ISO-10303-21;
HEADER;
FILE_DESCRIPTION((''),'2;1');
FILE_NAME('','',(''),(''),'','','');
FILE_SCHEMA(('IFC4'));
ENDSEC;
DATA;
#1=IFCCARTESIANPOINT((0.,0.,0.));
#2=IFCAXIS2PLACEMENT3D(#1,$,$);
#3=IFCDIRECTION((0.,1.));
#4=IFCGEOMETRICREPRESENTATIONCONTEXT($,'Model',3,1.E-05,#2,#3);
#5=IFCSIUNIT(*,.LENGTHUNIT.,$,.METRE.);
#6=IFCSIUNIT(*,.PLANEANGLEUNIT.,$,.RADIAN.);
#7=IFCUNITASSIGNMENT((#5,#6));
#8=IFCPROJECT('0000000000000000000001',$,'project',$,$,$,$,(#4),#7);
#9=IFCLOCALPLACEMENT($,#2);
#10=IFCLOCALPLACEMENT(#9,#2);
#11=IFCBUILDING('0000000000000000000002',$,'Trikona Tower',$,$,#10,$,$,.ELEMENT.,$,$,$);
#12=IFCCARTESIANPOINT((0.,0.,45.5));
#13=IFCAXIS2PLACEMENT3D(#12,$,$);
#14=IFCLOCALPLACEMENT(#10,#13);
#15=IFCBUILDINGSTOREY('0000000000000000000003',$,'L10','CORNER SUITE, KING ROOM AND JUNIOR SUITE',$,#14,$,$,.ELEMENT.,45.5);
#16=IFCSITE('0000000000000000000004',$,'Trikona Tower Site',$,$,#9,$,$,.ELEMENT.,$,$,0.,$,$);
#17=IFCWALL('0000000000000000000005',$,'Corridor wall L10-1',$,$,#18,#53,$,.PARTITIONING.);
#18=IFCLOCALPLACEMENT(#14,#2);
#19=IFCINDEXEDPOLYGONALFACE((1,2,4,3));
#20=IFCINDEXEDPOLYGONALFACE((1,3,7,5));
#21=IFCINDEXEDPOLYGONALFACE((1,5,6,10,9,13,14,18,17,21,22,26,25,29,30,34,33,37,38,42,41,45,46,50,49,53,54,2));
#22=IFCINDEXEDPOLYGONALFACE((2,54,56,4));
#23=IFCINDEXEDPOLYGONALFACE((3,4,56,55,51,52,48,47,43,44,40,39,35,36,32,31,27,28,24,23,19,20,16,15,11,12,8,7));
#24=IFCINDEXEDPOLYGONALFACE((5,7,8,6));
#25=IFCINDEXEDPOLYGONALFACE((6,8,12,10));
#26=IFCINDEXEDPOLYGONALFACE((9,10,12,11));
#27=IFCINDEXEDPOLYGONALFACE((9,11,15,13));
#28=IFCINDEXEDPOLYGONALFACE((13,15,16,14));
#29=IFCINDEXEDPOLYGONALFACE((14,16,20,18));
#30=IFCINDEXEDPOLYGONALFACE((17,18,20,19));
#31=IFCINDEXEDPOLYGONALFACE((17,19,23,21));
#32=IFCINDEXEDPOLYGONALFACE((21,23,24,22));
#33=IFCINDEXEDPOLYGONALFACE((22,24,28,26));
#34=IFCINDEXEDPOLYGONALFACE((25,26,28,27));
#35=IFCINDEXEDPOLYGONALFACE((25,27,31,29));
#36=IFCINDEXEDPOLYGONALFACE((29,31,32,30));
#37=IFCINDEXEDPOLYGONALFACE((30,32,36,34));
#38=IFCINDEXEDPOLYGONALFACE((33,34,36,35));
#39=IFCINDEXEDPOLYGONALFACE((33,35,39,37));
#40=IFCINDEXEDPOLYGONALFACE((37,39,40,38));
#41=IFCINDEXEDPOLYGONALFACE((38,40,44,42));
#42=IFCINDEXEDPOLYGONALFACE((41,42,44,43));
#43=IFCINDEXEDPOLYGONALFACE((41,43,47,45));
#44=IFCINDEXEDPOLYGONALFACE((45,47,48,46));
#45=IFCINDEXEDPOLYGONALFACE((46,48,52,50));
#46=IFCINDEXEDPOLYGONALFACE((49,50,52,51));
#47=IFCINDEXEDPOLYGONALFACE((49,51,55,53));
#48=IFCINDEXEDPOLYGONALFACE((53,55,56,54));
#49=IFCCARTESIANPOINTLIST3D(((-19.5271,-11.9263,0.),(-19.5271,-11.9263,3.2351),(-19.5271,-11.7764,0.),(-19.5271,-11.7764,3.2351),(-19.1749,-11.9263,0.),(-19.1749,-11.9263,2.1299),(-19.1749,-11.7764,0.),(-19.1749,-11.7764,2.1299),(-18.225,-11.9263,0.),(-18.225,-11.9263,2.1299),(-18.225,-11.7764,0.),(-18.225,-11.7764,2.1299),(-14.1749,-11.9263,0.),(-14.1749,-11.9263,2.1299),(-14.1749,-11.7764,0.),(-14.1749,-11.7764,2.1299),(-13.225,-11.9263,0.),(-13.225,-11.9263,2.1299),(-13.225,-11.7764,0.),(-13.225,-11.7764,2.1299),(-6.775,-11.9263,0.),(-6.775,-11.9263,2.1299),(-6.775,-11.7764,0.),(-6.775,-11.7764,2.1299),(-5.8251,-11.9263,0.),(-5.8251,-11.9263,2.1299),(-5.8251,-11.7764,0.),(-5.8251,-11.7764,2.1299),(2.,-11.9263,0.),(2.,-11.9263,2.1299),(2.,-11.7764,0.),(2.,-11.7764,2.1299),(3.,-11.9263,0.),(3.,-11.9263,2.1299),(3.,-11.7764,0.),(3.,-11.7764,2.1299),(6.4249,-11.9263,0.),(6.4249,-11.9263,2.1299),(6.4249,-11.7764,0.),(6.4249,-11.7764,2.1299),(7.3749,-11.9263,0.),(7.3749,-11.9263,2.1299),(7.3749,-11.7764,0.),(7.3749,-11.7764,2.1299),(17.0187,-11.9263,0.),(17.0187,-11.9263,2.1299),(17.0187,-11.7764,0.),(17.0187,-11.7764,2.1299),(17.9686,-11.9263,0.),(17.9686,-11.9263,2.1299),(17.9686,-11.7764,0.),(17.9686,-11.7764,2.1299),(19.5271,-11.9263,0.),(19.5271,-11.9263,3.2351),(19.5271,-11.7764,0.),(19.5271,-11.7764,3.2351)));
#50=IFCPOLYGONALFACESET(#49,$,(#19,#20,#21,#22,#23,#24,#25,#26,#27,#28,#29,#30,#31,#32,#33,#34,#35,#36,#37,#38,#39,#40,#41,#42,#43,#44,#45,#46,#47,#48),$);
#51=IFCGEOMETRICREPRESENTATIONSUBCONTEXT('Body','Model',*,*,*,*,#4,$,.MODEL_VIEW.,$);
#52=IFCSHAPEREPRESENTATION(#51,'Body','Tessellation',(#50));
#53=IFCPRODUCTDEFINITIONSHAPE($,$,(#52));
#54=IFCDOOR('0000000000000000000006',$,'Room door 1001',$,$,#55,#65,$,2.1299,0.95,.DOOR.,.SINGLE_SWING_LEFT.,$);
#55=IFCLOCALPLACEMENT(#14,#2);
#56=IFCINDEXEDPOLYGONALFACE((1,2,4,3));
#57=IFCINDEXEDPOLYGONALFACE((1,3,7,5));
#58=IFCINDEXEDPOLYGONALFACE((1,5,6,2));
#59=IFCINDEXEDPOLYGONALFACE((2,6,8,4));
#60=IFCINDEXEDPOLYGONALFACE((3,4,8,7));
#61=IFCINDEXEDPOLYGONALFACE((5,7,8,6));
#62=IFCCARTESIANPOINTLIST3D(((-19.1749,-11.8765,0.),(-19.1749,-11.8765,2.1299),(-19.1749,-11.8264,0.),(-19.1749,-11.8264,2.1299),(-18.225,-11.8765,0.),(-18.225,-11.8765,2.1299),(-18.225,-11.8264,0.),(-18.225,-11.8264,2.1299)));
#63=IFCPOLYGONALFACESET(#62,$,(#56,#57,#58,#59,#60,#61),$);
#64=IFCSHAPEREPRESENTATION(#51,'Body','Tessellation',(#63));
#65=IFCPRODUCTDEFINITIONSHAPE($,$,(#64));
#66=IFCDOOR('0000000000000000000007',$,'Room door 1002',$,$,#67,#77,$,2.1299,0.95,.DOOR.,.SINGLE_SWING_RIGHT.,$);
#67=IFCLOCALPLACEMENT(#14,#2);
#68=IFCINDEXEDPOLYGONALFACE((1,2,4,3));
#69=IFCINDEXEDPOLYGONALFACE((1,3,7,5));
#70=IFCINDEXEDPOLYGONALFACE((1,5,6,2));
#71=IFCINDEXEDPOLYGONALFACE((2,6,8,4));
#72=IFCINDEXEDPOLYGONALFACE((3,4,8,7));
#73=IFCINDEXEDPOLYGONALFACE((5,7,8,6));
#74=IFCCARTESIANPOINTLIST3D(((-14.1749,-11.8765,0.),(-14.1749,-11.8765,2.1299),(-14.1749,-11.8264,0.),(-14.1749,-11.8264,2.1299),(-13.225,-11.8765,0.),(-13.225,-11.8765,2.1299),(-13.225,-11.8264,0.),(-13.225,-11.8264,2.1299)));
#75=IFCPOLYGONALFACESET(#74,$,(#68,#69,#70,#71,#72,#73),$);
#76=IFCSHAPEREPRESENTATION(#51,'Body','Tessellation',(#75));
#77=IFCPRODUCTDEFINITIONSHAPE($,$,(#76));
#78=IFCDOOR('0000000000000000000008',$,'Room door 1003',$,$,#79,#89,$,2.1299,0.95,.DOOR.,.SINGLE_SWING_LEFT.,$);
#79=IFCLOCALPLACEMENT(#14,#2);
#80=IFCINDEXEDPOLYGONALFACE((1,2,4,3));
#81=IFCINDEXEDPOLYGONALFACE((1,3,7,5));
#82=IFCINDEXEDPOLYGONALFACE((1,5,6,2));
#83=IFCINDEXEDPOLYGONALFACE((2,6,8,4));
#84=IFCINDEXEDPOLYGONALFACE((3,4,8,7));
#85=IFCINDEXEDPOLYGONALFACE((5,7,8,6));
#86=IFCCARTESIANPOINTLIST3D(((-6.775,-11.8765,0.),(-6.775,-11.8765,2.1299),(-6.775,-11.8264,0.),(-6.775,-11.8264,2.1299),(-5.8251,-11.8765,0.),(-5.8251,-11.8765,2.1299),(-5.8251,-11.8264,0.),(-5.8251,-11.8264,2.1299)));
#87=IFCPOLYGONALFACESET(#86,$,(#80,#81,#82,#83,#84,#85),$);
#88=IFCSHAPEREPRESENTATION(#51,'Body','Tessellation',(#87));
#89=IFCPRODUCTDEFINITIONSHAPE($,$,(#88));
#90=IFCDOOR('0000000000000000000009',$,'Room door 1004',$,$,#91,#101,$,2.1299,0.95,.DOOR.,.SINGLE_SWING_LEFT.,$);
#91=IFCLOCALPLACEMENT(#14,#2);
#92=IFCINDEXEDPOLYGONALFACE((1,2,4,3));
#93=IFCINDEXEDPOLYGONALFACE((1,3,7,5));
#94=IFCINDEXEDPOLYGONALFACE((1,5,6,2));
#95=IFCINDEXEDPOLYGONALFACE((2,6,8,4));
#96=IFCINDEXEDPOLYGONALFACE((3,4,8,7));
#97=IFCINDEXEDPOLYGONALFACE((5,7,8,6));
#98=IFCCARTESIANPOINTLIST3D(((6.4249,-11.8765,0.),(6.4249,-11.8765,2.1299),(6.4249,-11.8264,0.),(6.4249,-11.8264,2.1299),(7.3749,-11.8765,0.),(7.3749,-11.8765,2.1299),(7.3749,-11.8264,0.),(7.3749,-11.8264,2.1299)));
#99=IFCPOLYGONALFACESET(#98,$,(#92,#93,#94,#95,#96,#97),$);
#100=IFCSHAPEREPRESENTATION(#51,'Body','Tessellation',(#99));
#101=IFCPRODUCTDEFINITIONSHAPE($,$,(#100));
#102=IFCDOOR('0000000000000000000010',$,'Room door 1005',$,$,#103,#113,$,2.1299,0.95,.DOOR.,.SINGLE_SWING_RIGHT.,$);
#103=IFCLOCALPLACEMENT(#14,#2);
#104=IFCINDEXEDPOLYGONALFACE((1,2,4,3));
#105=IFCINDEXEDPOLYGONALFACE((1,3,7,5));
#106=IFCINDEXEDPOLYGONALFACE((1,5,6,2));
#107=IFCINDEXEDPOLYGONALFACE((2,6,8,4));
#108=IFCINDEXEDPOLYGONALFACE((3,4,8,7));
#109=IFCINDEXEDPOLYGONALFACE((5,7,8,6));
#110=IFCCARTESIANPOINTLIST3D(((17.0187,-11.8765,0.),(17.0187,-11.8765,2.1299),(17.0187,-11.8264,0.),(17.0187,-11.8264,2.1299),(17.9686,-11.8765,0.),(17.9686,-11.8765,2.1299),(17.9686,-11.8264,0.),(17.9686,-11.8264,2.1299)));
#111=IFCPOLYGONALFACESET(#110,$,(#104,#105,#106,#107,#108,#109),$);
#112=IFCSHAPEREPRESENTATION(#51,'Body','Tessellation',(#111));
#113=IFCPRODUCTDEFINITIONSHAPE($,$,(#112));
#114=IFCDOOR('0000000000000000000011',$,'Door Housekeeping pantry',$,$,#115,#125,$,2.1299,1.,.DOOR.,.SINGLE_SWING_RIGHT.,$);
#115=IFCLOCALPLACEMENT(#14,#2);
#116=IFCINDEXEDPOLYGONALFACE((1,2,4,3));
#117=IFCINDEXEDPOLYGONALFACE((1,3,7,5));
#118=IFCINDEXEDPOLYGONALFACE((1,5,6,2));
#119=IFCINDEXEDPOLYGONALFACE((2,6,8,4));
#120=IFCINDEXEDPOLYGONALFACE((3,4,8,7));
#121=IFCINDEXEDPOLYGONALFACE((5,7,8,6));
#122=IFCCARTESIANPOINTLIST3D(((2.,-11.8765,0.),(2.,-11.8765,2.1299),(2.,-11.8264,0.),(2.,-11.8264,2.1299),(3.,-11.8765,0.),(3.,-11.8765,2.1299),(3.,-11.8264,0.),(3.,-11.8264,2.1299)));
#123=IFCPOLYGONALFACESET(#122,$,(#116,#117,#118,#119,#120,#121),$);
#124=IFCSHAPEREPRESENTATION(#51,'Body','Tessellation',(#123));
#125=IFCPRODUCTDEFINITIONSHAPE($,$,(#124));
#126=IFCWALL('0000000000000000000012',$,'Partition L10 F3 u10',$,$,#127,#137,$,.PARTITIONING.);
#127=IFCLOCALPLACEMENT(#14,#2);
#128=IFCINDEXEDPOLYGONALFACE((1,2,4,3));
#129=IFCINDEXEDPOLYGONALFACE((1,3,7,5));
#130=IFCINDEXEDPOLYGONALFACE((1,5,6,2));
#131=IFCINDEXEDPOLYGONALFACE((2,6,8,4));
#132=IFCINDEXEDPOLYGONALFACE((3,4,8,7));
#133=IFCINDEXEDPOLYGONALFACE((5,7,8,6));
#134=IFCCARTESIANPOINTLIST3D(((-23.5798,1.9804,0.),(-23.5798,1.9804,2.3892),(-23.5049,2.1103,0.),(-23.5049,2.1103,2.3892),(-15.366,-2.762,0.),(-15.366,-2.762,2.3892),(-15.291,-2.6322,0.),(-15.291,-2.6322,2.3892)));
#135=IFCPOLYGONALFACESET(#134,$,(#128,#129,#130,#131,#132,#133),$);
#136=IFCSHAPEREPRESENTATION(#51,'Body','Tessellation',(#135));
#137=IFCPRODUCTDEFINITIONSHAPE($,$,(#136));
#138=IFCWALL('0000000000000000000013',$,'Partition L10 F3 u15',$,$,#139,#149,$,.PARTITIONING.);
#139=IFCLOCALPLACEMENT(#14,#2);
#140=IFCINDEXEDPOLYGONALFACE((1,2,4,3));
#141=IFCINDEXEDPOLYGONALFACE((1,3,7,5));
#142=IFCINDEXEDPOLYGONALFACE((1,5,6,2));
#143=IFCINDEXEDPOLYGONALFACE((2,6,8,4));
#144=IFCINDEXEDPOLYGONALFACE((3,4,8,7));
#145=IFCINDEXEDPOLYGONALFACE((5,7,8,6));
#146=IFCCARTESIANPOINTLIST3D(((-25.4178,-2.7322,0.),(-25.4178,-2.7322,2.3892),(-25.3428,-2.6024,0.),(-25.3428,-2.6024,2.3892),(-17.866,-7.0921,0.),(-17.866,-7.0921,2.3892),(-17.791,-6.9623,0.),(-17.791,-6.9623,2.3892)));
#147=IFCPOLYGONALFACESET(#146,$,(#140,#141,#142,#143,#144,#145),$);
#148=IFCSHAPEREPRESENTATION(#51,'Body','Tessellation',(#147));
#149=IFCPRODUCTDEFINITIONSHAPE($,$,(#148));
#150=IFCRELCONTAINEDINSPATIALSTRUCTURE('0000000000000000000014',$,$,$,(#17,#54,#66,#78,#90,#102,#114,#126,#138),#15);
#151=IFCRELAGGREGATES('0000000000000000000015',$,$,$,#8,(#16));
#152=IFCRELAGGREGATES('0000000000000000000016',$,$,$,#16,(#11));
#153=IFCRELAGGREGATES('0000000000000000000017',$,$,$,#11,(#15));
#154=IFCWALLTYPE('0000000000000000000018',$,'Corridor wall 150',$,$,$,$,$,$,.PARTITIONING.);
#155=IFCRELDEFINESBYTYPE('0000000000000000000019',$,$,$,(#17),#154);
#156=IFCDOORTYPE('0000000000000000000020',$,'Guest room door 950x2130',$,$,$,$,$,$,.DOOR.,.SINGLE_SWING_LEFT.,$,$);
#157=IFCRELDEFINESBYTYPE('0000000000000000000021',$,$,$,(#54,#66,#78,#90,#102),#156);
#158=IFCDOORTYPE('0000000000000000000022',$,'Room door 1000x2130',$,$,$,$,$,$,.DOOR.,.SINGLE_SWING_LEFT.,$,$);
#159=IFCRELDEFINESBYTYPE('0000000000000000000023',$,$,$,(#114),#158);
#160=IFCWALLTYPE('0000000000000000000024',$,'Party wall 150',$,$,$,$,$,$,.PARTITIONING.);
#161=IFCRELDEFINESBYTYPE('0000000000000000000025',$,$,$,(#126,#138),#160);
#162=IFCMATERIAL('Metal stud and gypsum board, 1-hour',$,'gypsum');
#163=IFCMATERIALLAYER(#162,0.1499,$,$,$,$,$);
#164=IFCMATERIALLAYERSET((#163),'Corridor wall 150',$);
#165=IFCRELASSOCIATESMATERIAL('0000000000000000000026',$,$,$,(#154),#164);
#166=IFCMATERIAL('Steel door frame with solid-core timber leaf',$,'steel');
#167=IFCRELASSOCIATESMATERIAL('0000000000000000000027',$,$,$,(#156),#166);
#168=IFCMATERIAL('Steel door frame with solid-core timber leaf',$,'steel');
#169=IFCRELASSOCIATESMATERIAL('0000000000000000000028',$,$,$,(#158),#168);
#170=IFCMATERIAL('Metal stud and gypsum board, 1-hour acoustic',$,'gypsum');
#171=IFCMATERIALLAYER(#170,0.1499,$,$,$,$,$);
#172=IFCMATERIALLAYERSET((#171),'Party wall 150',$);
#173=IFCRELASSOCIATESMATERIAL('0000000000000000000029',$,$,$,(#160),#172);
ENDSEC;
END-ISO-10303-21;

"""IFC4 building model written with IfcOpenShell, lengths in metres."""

from ifc_helpers import new_model, si_unit, direction, frame, frame_2d, origin, place, context, subcontext, project, spatial, rectangle, extrude, material, layer, layer_set, type_object, element, fill, save


model = new_model("IFC4")

# Units and contexts
model_context = context("Model", 3, precision=1e-05, world=origin(), true_north=direction((0.0, 1.0)))
body_context = subcontext(model_context, "Body", "Model", "MODEL_VIEW")
ifc_project = project(units=[si_unit("LENGTHUNIT", "METRE"), si_unit("PLANEANGLEUNIT", "RADIAN")], contexts=[model_context])

# Site, building, storey
site_placement = place(None, origin())
site = spatial("IfcSite", under=ifc_project, at=site_placement, Name="Trikona Tower Site", CompositionType="ELEMENT", RefElevation=0.0)
building_placement = place(site_placement, origin())
building = spatial("IfcBuilding", under=site, at=building_placement, Name="Trikona Tower", CompositionType="ELEMENT")
storey_placement = place(building_placement, frame((0.0, 0.0, 45.5)))
storey = spatial("IfcBuildingStorey", under=building, at=storey_placement, Name="L10", Description="CORNER SUITE, KING ROOM AND JUNIOR SUITE", CompositionType="ELEMENT", Elevation=45.5)

# Wall, openings, doors
ifc_material_1 = material(Name="Metal stud and gypsum board, 1-hour", Category="gypsum")
ifc_layer_1 = layer(ifc_material_1, 0.1499)
ifc_layer_set_1 = layer_set([ifc_layer_1], Name="Corridor wall 150")
wall_type_1 = type_object("IfcWallType", Name="Corridor wall 150", PredefinedType="PARTITIONING", material=ifc_layer_set_1)
wall_1_placement = place(storey_placement, frame((-19.5271, -11.8513, 0.0), z_axis=(0.0, 0.0, 1.0), x_axis=(1.0, 0.0, 0.0)))
wall_1 = element("IfcWall", 1, at=wall_1_placement, inside=storey, type_object=wall_type_1, Name="Corridor wall L10-1", PredefinedType="PARTITIONING", context=body_context, shape_type="SweptSolid", body=[
    extrude(rectangle(XDim=39.0542, YDim=0.1499, at=frame_2d((19.5271, 0.0))), origin(), (0.0, 0.0, 1.0), 3.2351),
])
opening_1_placement = place(wall_1_placement, frame((0.3521, 0.0, 0.0)))
opening_1 = element("IfcOpeningElement", 2, at=opening_1_placement, cuts=wall_1, PredefinedType="OPENING", context=body_context, shape_type="SweptSolid", body=[
    extrude(rectangle(XDim=0.95, YDim=2.1299, at=frame_2d((0.4751, 1.0649))), frame((0.0, 0.085, 0.0), z_axis=(0.0, -1.0, 0.0), x_axis=(1.0, 0.0, 0.0)), (0.0, 0.0, 1.0), 0.1699),
])
opening_2_placement = place(wall_1_placement, frame((5.3521, 0.0, 0.0)))
opening_2 = element("IfcOpeningElement", 3, at=opening_2_placement, cuts=wall_1, PredefinedType="OPENING", context=body_context, shape_type="SweptSolid", body=[
    extrude(rectangle(XDim=0.95, YDim=2.1299, at=frame_2d((0.4751, 1.0649))), frame((0.0, 0.085, 0.0), z_axis=(0.0, -1.0, 0.0), x_axis=(1.0, 0.0, 0.0)), (0.0, 0.0, 1.0), 0.1699),
])
opening_3_placement = place(wall_1_placement, frame((12.752, 0.0, 0.0)))
opening_3 = element("IfcOpeningElement", 4, at=opening_3_placement, cuts=wall_1, PredefinedType="OPENING", context=body_context, shape_type="SweptSolid", body=[
    extrude(rectangle(XDim=0.95, YDim=2.1299, at=frame_2d((0.4751, 1.0649))), frame((0.0, 0.085, 0.0), z_axis=(0.0, -1.0, 0.0), x_axis=(1.0, 0.0, 0.0)), (0.0, 0.0, 1.0), 0.1699),
])
opening_4_placement = place(wall_1_placement, frame((21.5271, 0.0, 0.0)))
opening_4 = element("IfcOpeningElement", 5, at=opening_4_placement, cuts=wall_1, PredefinedType="OPENING", context=body_context, shape_type="SweptSolid", body=[
    extrude(rectangle(XDim=1.0, YDim=2.1299, at=frame_2d((0.5, 1.0649))), frame((0.0, 0.085, 0.0), z_axis=(0.0, -1.0, 0.0), x_axis=(1.0, 0.0, 0.0)), (0.0, 0.0, 1.0), 0.1699),
])
opening_5_placement = place(wall_1_placement, frame((25.9519, 0.0, 0.0)))
opening_5 = element("IfcOpeningElement", 6, at=opening_5_placement, cuts=wall_1, PredefinedType="OPENING", context=body_context, shape_type="SweptSolid", body=[
    extrude(rectangle(XDim=0.95, YDim=2.1299, at=frame_2d((0.4751, 1.0649))), frame((0.0, 0.085, 0.0), z_axis=(0.0, -1.0, 0.0), x_axis=(1.0, 0.0, 0.0)), (0.0, 0.0, 1.0), 0.1699),
])
opening_6_placement = place(wall_1_placement, frame((36.5457, 0.0, 0.0)))
opening_6 = element("IfcOpeningElement", 7, at=opening_6_placement, cuts=wall_1, PredefinedType="OPENING", context=body_context, shape_type="SweptSolid", body=[
    extrude(rectangle(XDim=0.95, YDim=2.1299, at=frame_2d((0.4751, 1.0649))), frame((0.0, 0.085, 0.0), z_axis=(0.0, -1.0, 0.0), x_axis=(1.0, 0.0, 0.0)), (0.0, 0.0, 1.0), 0.1699),
])
ifc_material_2 = material(Name="Steel door frame with solid-core timber leaf", Category="steel")
door_type_1 = type_object("IfcDoorType", Name="Guest room door 950x2130", OperationType="SINGLE_SWING_LEFT", PredefinedType="DOOR", material=ifc_material_2)
door_1_placement = place(opening_1_placement, origin())
door_1 = element("IfcDoor", 8, at=door_1_placement, inside=storey, type_object=door_type_1, Name="Room door 1001", OperationType="SINGLE_SWING_LEFT", OverallHeight=2.1299, OverallWidth=0.95, PredefinedType="DOOR", context=body_context, shape_type="SweptSolid", body=[
    extrude(rectangle(XDim=0.95, YDim=2.1299, at=frame_2d((0.4751, 1.0649))), frame((0.0, 0.0249, 0.0), z_axis=(0.0, -1.0, 0.0), x_axis=(1.0, 0.0, 0.0)), (0.0, 0.0, 1.0), 0.05),
])
fill(opening_1, door_1)
door_2_placement = place(opening_2_placement, origin())
door_2 = element("IfcDoor", 9, at=door_2_placement, inside=storey, type_object=door_type_1, Name="Room door 1002", OperationType="SINGLE_SWING_RIGHT", OverallHeight=2.1299, OverallWidth=0.95, PredefinedType="DOOR", context=body_context, shape_type="SweptSolid", body=[
    extrude(rectangle(XDim=0.95, YDim=2.1299, at=frame_2d((0.4751, 1.0649))), frame((0.0, 0.0249, 0.0), z_axis=(0.0, -1.0, 0.0), x_axis=(1.0, 0.0, 0.0)), (0.0, 0.0, 1.0), 0.05),
])
fill(opening_2, door_2)
door_3_placement = place(opening_3_placement, origin())
door_3 = element("IfcDoor", 10, at=door_3_placement, inside=storey, type_object=door_type_1, Name="Room door 1003", OperationType="SINGLE_SWING_LEFT", OverallHeight=2.1299, OverallWidth=0.95, PredefinedType="DOOR", context=body_context, shape_type="SweptSolid", body=[
    extrude(rectangle(XDim=0.95, YDim=2.1299, at=frame_2d((0.4751, 1.0649))), frame((0.0, 0.0249, 0.0), z_axis=(0.0, -1.0, 0.0), x_axis=(1.0, 0.0, 0.0)), (0.0, 0.0, 1.0), 0.05),
])
fill(opening_3, door_3)
door_4_placement = place(opening_5_placement, origin())
door_4 = element("IfcDoor", 11, at=door_4_placement, inside=storey, type_object=door_type_1, Name="Room door 1004", OperationType="SINGLE_SWING_LEFT", OverallHeight=2.1299, OverallWidth=0.95, PredefinedType="DOOR", context=body_context, shape_type="SweptSolid", body=[
    extrude(rectangle(XDim=0.95, YDim=2.1299, at=frame_2d((0.4751, 1.0649))), frame((0.0, 0.0249, 0.0), z_axis=(0.0, -1.0, 0.0), x_axis=(1.0, 0.0, 0.0)), (0.0, 0.0, 1.0), 0.05),
])
fill(opening_5, door_4)
door_5_placement = place(opening_6_placement, origin())
door_5 = element("IfcDoor", 12, at=door_5_placement, inside=storey, type_object=door_type_1, Name="Room door 1005", OperationType="SINGLE_SWING_RIGHT", OverallHeight=2.1299, OverallWidth=0.95, PredefinedType="DOOR", context=body_context, shape_type="SweptSolid", body=[
    extrude(rectangle(XDim=0.95, YDim=2.1299, at=frame_2d((0.4751, 1.0649))), frame((0.0, 0.0249, 0.0), z_axis=(0.0, -1.0, 0.0), x_axis=(1.0, 0.0, 0.0)), (0.0, 0.0, 1.0), 0.05),
])
fill(opening_6, door_5)
ifc_material_3 = material(Name="Steel door frame with solid-core timber leaf", Category="steel")
door_type_2 = type_object("IfcDoorType", Name="Room door 1000x2130", OperationType="SINGLE_SWING_LEFT", PredefinedType="DOOR", material=ifc_material_3)
door_6_placement = place(opening_4_placement, origin())
door_6 = element("IfcDoor", 13, at=door_6_placement, inside=storey, type_object=door_type_2, Name="Door Housekeeping pantry", OperationType="SINGLE_SWING_RIGHT", OverallHeight=2.1299, OverallWidth=1.0, PredefinedType="DOOR", context=body_context, shape_type="SweptSolid", body=[
    extrude(rectangle(XDim=1.0, YDim=2.1299, at=frame_2d((0.5, 1.0649))), frame((0.0, 0.0249, 0.0), z_axis=(0.0, -1.0, 0.0), x_axis=(1.0, 0.0, 0.0)), (0.0, 0.0, 1.0), 0.05),
])
fill(opening_4, door_6)

# Walls
ifc_material_4 = material(Name="Metal stud and gypsum board, 1-hour acoustic", Category="gypsum")
ifc_layer_2 = layer(ifc_material_4, 0.1499)
ifc_layer_set_2 = layer_set([ifc_layer_2], Name="Party wall 150")
wall_type_2 = type_object("IfcWallType", Name="Party wall 150", PredefinedType="PARTITIONING", material=ifc_layer_set_2)
wall_2_placement = place(storey_placement, frame((-15.3286, -2.697, 0.0), z_axis=(0.0, 0.0, 1.0), x_axis=(-0.866018, 0.500012, 0.0)))
element("IfcWall", 14, at=wall_2_placement, inside=storey, type_object=wall_type_2, Name="Partition L10 F3 u10", PredefinedType="PARTITIONING", context=body_context, shape_type="SweptSolid", body=[
    extrude(rectangle(XDim=9.4846, YDim=0.1499, at=frame_2d((4.7422, 0.0))), origin(), (0.0, 0.0, 1.0), 2.3892),
])
wall_3_placement = place(storey_placement, frame((-17.8286, -7.0271, 0.0), z_axis=(0.0, 0.0, 1.0), x_axis=(-0.866033, 0.499987, 0.0)))
element("IfcWall", 15, at=wall_3_placement, inside=storey, type_object=wall_type_2, Name="Partition L10 F3 u15", PredefinedType="PARTITIONING", context=body_context, shape_type="SweptSolid", body=[
    extrude(rectangle(XDim=8.72, YDim=0.1499, at=frame_2d((4.3599, 0.0))), origin(), (0.0, 0.0, 1.0), 2.3892),
])

save(model, "model.ifc")
